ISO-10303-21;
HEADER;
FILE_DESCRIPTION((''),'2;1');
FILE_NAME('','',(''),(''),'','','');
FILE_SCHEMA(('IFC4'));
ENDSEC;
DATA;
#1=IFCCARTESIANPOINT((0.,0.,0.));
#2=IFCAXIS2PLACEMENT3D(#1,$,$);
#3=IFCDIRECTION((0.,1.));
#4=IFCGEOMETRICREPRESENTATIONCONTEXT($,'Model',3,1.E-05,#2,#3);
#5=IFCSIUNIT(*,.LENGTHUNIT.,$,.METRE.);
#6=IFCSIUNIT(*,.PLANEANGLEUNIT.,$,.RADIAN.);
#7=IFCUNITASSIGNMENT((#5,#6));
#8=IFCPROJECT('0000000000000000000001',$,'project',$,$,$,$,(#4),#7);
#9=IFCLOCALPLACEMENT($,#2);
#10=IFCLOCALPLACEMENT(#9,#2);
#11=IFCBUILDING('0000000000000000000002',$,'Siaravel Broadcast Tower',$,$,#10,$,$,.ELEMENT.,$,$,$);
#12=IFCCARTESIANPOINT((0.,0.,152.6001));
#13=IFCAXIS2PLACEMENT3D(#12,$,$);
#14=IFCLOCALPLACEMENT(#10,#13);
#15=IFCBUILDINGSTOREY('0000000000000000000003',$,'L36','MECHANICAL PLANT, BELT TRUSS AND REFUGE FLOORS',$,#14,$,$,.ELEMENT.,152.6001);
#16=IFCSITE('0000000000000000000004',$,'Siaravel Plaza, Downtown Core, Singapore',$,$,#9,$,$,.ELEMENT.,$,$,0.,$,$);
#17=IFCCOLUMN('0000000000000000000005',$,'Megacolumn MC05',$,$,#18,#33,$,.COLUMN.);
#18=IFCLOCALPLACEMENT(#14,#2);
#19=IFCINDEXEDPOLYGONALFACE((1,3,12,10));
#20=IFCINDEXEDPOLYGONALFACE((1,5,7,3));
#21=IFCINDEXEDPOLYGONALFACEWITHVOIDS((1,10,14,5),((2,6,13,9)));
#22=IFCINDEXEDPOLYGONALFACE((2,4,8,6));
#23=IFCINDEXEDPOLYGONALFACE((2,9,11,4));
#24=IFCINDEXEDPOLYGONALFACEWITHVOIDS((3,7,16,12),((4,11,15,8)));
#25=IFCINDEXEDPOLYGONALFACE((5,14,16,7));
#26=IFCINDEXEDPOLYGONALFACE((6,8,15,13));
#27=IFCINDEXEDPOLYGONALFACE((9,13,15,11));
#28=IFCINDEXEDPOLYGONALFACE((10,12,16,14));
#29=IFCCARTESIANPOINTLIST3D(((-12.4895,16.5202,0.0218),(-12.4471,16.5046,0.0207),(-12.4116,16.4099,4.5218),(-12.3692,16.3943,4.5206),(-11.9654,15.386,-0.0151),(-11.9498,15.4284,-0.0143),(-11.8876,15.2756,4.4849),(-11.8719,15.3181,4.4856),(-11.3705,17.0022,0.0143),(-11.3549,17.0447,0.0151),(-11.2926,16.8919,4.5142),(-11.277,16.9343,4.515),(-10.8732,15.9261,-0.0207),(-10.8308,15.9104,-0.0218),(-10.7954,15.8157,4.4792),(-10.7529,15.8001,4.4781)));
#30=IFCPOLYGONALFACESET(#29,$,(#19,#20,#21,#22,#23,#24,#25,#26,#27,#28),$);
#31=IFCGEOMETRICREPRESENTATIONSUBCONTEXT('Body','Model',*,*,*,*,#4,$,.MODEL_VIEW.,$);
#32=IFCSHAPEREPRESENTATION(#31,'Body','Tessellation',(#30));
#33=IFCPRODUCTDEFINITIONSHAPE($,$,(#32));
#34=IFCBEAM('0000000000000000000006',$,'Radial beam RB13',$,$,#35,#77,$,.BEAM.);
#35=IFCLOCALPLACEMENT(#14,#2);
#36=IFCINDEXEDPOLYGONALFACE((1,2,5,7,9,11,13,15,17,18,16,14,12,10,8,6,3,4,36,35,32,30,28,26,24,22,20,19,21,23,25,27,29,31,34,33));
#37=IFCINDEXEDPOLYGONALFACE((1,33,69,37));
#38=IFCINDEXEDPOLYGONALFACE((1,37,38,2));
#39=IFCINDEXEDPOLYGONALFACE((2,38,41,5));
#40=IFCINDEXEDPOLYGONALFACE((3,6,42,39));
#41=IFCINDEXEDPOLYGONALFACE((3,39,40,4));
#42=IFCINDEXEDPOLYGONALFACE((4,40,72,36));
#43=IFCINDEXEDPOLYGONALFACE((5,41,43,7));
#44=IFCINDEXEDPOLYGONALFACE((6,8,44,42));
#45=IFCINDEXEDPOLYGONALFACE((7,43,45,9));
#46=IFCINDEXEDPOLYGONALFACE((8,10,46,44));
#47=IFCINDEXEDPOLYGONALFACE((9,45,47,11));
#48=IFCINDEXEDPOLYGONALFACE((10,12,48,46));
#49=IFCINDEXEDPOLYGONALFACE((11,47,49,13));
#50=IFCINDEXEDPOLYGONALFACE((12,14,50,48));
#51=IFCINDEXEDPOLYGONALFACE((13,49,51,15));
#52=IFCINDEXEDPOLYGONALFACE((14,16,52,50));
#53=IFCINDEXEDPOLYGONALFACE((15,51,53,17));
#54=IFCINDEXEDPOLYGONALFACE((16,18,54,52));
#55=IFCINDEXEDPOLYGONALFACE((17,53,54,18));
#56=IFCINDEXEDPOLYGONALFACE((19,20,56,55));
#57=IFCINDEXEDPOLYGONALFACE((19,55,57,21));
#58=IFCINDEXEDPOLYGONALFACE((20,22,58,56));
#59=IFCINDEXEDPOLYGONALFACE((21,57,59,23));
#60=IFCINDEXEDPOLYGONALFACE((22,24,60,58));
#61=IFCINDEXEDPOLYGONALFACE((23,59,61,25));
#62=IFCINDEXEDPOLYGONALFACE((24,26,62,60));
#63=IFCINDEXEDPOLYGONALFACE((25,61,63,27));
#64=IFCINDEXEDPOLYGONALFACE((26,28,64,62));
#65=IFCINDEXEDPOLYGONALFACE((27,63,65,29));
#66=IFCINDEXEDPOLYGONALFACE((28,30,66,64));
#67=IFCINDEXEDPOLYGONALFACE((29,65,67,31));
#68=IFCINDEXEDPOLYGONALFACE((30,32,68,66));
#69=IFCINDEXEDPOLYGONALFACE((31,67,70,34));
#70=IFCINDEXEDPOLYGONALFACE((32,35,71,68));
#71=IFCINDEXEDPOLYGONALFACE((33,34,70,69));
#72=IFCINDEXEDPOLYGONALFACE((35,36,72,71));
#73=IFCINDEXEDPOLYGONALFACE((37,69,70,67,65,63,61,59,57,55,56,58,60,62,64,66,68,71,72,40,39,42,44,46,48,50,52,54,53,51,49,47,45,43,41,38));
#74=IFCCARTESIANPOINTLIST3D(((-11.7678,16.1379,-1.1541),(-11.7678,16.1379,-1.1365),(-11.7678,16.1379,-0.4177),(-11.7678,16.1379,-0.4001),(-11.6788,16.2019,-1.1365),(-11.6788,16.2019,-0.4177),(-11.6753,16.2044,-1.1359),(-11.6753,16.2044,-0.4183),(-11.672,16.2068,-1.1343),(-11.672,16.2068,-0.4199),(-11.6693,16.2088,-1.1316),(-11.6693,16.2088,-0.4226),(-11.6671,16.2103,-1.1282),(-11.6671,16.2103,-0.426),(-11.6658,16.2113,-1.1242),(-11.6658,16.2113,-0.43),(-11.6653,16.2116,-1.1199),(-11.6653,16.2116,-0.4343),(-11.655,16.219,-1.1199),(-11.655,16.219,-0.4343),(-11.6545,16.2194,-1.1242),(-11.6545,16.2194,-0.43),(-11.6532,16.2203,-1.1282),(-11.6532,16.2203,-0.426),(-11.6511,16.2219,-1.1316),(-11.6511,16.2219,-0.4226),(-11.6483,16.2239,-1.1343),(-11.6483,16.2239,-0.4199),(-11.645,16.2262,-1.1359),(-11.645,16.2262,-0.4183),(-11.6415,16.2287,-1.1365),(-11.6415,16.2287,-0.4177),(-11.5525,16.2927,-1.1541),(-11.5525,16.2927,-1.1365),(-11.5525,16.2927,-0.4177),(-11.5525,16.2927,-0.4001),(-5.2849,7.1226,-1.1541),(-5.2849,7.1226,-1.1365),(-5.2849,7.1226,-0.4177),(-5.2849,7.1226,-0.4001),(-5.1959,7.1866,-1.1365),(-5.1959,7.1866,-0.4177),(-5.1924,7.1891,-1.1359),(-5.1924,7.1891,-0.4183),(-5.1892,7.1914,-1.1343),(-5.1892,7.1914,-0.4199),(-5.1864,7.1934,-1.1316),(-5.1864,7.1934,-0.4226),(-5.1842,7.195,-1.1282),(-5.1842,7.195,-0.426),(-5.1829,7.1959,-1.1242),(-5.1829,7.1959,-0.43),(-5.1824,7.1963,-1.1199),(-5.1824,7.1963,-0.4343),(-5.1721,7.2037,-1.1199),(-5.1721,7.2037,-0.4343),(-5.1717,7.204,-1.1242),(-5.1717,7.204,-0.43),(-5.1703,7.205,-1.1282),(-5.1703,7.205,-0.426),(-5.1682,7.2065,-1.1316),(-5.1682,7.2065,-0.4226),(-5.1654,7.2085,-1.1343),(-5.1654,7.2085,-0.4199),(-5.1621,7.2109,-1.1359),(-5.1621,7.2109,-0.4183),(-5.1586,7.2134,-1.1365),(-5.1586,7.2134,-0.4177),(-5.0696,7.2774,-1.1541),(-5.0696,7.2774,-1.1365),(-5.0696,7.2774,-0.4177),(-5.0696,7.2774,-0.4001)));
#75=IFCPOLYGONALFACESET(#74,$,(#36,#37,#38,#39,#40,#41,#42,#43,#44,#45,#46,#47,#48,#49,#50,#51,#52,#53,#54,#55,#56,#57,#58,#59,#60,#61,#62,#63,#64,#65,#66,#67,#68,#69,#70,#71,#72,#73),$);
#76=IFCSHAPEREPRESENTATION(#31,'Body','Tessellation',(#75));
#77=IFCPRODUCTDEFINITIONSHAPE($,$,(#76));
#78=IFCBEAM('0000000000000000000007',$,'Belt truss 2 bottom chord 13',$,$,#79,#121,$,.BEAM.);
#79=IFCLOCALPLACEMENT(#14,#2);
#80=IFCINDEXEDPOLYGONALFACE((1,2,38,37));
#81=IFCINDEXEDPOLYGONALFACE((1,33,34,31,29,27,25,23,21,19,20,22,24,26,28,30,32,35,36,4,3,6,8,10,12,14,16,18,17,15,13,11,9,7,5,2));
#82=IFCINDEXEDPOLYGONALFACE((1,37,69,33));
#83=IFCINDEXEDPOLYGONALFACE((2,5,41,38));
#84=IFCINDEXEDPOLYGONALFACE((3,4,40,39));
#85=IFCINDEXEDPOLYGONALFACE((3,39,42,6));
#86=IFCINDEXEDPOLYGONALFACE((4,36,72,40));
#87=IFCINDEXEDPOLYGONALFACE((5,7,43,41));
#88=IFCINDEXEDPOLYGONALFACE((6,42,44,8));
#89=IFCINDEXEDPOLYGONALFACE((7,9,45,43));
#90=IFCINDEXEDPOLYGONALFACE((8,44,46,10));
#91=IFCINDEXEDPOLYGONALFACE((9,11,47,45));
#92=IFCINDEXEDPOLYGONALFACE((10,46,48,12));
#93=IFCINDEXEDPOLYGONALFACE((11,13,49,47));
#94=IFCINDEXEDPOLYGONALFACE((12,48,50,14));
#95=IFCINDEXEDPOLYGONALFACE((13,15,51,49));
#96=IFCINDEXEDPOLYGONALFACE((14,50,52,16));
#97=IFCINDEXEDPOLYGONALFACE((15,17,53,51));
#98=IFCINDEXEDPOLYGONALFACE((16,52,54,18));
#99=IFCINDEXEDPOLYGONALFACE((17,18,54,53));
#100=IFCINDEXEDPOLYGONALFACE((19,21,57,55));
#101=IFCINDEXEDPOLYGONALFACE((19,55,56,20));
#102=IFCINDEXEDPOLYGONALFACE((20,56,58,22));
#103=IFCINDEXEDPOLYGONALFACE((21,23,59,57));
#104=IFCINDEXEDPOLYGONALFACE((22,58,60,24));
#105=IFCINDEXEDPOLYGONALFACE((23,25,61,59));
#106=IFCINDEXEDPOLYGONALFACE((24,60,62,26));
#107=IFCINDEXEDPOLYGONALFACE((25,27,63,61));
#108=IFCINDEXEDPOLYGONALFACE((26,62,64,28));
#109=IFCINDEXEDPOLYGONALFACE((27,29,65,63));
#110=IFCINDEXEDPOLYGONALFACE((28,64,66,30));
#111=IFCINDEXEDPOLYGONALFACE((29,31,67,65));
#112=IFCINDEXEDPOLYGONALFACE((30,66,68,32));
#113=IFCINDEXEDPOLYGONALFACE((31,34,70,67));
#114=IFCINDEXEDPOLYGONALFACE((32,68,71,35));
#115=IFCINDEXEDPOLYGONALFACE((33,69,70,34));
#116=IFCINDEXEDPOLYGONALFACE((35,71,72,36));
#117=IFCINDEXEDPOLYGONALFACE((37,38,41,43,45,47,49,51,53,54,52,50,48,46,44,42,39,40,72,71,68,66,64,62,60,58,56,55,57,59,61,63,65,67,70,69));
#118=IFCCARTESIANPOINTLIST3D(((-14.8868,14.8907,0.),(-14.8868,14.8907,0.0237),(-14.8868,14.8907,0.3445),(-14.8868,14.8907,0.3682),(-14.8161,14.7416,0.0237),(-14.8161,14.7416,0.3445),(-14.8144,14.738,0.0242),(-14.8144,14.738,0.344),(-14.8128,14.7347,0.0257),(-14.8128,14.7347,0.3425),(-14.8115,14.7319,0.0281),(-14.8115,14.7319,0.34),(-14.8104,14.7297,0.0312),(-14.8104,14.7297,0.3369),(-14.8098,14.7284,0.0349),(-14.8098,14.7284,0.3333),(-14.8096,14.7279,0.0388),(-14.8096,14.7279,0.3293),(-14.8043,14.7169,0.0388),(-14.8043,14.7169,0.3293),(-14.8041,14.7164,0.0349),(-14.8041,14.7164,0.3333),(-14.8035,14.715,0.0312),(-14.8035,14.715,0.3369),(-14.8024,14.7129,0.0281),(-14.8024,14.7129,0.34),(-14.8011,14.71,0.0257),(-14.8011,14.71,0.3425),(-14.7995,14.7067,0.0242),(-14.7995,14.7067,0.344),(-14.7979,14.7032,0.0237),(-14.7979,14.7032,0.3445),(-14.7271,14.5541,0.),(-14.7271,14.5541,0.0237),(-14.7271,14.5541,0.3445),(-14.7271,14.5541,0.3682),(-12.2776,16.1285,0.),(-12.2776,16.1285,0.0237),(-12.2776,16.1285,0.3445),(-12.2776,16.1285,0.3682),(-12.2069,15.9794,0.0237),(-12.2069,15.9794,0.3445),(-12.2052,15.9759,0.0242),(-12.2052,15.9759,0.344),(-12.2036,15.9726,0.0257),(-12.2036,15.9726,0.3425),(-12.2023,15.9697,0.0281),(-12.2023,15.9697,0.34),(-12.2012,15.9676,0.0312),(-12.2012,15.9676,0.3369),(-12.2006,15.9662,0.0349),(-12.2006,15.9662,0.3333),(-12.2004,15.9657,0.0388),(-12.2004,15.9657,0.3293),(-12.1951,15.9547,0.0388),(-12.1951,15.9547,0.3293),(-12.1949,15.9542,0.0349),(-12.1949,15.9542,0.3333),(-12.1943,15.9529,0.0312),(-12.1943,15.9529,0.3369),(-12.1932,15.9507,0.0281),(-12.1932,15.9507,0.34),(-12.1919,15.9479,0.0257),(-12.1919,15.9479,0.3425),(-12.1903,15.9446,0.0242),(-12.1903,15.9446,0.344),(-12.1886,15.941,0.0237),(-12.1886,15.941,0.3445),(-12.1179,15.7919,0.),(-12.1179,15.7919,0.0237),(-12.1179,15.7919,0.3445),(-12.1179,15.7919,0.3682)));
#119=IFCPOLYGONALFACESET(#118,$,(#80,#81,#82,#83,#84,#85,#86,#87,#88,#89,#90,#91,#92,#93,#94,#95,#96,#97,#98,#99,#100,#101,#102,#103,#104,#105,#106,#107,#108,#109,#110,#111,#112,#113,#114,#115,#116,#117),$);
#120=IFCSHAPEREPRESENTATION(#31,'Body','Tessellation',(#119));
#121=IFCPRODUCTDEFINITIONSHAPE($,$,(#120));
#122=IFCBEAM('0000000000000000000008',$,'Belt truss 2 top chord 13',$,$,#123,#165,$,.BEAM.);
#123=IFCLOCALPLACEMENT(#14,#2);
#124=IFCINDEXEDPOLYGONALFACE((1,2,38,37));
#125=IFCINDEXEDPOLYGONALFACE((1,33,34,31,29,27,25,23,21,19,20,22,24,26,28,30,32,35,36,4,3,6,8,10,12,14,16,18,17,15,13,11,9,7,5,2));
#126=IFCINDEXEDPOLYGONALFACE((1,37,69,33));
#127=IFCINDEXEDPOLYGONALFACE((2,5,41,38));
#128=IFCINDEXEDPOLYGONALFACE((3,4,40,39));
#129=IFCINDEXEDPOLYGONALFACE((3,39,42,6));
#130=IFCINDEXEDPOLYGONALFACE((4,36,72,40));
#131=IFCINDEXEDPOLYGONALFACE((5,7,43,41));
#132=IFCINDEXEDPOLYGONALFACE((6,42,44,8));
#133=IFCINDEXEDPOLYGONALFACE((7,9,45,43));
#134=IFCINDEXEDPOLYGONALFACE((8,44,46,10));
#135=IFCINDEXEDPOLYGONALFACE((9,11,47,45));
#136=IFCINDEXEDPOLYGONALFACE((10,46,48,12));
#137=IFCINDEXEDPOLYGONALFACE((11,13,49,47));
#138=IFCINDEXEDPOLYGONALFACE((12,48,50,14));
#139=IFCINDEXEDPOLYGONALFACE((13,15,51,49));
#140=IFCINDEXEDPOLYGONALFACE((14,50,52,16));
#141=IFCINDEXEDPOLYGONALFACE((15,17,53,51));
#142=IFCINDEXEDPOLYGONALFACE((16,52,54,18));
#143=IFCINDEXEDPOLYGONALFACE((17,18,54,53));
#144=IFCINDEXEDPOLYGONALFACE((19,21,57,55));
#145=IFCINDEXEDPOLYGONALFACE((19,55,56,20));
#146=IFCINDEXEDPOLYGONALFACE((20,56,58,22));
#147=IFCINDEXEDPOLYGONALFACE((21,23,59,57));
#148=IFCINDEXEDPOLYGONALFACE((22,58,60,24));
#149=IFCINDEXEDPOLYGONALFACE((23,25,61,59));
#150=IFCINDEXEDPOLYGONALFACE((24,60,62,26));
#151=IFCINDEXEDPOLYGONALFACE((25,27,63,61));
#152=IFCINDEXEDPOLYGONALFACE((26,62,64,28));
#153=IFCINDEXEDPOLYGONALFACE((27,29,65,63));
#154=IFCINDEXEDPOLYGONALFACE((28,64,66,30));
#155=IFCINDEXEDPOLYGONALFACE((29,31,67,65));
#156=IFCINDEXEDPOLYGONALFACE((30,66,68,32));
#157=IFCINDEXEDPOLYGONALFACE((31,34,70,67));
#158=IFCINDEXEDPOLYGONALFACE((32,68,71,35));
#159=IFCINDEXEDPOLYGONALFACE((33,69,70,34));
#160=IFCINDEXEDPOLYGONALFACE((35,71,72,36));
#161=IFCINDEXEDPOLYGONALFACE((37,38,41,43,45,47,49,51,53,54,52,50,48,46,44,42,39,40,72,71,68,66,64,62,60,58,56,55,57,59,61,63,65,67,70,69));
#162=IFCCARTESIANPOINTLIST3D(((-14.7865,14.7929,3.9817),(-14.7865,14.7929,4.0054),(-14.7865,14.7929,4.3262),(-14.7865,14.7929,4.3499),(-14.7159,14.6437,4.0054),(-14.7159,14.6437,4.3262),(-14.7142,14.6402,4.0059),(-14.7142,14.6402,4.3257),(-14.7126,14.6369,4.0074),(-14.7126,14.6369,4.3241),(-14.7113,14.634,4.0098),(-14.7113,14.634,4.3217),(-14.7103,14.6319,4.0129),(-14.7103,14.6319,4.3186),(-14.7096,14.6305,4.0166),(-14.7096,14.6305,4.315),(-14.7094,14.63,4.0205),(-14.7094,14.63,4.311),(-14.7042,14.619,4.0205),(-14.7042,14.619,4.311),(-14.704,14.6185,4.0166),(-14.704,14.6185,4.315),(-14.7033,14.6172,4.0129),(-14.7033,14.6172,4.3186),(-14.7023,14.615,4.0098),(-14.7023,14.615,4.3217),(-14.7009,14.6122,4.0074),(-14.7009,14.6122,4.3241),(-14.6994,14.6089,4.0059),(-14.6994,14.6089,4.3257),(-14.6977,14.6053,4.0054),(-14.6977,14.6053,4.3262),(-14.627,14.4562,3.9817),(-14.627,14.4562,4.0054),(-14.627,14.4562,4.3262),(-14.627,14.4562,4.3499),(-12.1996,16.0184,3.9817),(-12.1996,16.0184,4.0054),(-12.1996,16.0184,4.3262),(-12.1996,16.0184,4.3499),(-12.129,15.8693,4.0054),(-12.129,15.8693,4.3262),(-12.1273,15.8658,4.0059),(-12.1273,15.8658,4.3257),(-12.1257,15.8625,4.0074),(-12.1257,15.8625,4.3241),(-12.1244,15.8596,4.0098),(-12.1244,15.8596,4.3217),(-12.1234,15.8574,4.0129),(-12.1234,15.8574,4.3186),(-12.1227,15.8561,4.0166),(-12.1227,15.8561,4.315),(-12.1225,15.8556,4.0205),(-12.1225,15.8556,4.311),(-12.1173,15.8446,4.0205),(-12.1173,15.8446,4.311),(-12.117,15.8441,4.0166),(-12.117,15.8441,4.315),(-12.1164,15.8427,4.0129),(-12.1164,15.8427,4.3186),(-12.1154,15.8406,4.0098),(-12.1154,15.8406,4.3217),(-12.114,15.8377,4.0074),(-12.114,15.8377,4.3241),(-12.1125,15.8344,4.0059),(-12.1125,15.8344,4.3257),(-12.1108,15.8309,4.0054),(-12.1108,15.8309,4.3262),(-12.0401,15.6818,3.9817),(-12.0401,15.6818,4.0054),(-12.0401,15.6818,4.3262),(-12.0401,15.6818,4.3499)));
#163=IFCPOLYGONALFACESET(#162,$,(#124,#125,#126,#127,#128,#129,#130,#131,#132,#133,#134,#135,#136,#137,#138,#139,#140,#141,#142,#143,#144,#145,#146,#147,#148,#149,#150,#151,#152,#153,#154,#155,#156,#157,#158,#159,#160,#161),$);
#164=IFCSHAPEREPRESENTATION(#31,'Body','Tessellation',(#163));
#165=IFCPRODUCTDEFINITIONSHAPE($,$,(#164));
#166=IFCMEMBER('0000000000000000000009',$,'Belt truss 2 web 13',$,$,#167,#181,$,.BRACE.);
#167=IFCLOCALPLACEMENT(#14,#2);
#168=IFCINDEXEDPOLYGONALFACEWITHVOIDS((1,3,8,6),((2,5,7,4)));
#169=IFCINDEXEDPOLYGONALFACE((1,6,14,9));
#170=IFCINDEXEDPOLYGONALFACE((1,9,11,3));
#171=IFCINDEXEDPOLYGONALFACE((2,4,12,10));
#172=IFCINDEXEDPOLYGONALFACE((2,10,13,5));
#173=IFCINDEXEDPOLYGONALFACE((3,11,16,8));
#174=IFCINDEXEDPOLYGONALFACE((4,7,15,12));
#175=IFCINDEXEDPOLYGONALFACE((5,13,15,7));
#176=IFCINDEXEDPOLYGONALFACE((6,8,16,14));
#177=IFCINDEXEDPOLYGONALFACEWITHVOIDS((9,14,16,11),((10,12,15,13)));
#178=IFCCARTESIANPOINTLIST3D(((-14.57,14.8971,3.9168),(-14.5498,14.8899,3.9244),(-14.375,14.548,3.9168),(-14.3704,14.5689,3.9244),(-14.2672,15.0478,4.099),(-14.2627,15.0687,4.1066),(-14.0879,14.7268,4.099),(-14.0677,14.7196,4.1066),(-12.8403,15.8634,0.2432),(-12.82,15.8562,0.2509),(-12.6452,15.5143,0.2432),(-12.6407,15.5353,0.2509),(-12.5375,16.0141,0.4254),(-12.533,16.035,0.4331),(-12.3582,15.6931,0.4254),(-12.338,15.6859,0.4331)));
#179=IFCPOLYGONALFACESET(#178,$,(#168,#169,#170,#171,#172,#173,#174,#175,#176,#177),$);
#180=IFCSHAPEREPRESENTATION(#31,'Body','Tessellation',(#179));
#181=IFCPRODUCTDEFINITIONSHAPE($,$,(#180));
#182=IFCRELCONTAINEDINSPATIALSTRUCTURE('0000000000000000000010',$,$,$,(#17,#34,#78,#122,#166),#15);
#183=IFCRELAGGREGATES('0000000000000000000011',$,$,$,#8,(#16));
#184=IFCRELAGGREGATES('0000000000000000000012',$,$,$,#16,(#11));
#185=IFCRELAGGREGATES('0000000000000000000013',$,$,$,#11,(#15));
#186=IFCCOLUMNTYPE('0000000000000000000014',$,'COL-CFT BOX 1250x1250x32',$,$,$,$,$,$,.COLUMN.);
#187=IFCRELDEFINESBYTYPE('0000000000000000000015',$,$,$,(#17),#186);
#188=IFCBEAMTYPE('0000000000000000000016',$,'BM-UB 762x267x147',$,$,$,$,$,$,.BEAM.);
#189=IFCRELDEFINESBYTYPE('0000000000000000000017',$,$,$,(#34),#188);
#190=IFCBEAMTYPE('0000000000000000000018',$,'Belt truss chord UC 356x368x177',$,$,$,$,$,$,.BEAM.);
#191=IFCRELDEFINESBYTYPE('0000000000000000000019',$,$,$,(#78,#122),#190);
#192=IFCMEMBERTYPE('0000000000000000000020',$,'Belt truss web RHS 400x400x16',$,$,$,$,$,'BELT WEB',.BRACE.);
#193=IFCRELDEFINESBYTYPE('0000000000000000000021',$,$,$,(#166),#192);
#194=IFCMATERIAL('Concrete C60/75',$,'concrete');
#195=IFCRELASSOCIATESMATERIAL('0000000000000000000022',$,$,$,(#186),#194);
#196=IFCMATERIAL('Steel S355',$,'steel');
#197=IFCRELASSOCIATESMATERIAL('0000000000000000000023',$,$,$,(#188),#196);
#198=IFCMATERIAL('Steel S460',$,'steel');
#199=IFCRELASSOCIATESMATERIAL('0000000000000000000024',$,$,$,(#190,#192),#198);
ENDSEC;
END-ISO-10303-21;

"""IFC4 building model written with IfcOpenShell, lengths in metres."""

from ifc_helpers import new_model, si_unit, direction, frame, origin, origin_2d, place, context, subcontext, project, spatial, hollow_rectangle, i_section, extrude, material, material_profile, profile_set, type_object, element, save


model = new_model("IFC4")

# Units and contexts
model_context = context("Model", 3, precision=1e-05, world=origin(), true_north=direction((0.0, 1.0)))
body_context = subcontext(model_context, "Body", "Model", "MODEL_VIEW")
ifc_project = project(units=[si_unit("LENGTHUNIT", "METRE"), si_unit("PLANEANGLEUNIT", "RADIAN")], contexts=[model_context])

# Site, building, storey
site_placement = place(None, origin())
site = spatial("IfcSite", under=ifc_project, at=site_placement, Name="Siaravel Plaza, Downtown Core, Singapore", CompositionType="ELEMENT", RefElevation=0.0)
building_placement = place(site_placement, origin())
building = spatial("IfcBuilding", under=site, at=building_placement, Name="Siaravel Broadcast Tower", CompositionType="ELEMENT")
storey_placement = place(building_placement, frame((0.0, 0.0, 152.6001)))
storey = spatial("IfcBuildingStorey", under=building, at=storey_placement, Name="L36", Description="MECHANICAL PLANT, BELT TRUSS AND REFUGE FLOORS", CompositionType="ELEMENT", Elevation=152.6001)

# Column
ifc_material_1 = material(Name="Concrete C60/75", Category="concrete")
ifc_material_profile_1 = material_profile(ifc_material_1, hollow_rectangle(XDim=1.25, YDim=1.25, WallThickness=0.032, at=origin_2d()))
ifc_profile_set_1 = profile_set([ifc_material_profile_1], Name="Concrete C60/75")
column_type = type_object("IfcColumnType", Name="COL-CFT BOX 1250x1250x32", PredefinedType="COLUMN", material=ifc_profile_set_1)
column_placement = place(storey_placement, frame((-11.6602, 16.2153, 0.0), z_axis=(0.017299, -0.024512, 0.99955), x_axis=(0.907704, 0.419576, -0.00542)))
element("IfcColumn", 1, at=column_placement, inside=storey, type_object=column_type, Name="Megacolumn MC05", PredefinedType="COLUMN", context=body_context, shape_type="SweptSolid", body=[
    extrude(hollow_rectangle(XDim=1.25, YDim=1.25, WallThickness=0.032, at=origin_2d()), origin(), (0.0, 0.0, 1.0), 4.502),
])

# Beams
ifc_material_2 = material(Name="Steel S355", Category="steel")
ifc_material_profile_2 = material_profile(ifc_material_2, i_section(OverallWidth=0.2651, OverallDepth=0.7539, WebThickness=0.0127, FlangeThickness=0.0176, FilletRadius=0.0166, at=origin_2d()))
ifc_profile_set_2 = profile_set([ifc_material_profile_2], Name="Steel S355")
beam_type_1 = type_object("IfcBeamType", Name="BM-UB 762x267x147", PredefinedType="BEAM", material=ifc_profile_set_2)
beam_1_placement = place(storey_placement, frame((-11.6602, 16.2153, -0.7771), z_axis=(0.58382, -0.811883, 0.0), x_axis=(0.811883, 0.58382, 0.0)))
element("IfcBeam", 2, at=beam_1_placement, inside=storey, type_object=beam_type_1, Name="Radial beam RB13", PredefinedType="BEAM", context=body_context, shape_type="SweptSolid", body=[
    extrude(i_section(OverallWidth=0.2651, OverallDepth=0.7539, WebThickness=0.0127, FlangeThickness=0.0176, FilletRadius=0.0166, at=origin_2d()), origin(), (0.0, 0.0, 1.0), 11.1042),
])
ifc_material_3 = material(Name="Steel S460", Category="steel")
ifc_material_profile_3 = material_profile(ifc_material_3, i_section(OverallWidth=0.3726, OverallDepth=0.3682, WebThickness=0.0122, FlangeThickness=0.0237, FilletRadius=0.0151, at=origin_2d()))
ifc_profile_set_3 = profile_set([ifc_material_profile_3], Name="Steel S460")
beam_type_2 = type_object("IfcBeamType", Name="Belt truss chord UC 356x368x177", PredefinedType="BEAM", material=ifc_profile_set_3)
beam_2_placement = place(storey_placement, frame((-12.1978, 15.9602, 0.1841), z_axis=(-0.903485, -0.42862, 0.0), x_axis=(0.42862, -0.903485, 0.0)))
element("IfcBeam", 3, at=beam_2_placement, inside=storey, type_object=beam_type_2, Name="Belt truss 2 bottom chord 13", PredefinedType="BEAM", context=body_context, shape_type="SweptSolid", body=[
    extrude(i_section(OverallWidth=0.3726, OverallDepth=0.3682, WebThickness=0.0122, FlangeThickness=0.0237, FilletRadius=0.0151, at=origin_2d()), origin(), (0.0, 0.0, 1.0), 2.8879),
])
beam_3_placement = place(storey_placement, frame((-12.1199, 15.8501, 4.1658), z_axis=(-0.90371, -0.428145, 0.0), x_axis=(0.428145, -0.90371, 0.0)))
element("IfcBeam", 4, at=beam_3_placement, inside=storey, type_object=beam_type_2, Name="Belt truss 2 top chord 13", PredefinedType="BEAM", context=body_context, shape_type="SweptSolid", body=[
    extrude(i_section(OverallWidth=0.3726, OverallDepth=0.3682, WebThickness=0.0122, FlangeThickness=0.0237, FilletRadius=0.0151, at=origin_2d()), origin(), (0.0, 0.0, 1.0), 2.8625),
])

# Member
ifc_material_profile_4 = material_profile(ifc_material_3, hollow_rectangle(XDim=0.3999, YDim=0.3999, WallThickness=0.0161, at=origin_2d()))
ifc_profile_set_4 = profile_set([ifc_material_profile_4], Name="Steel S460")
member_type = type_object("IfcMemberType", Name="Belt truss web RHS 400x400x16", ElementType="BELT WEB", PredefinedType="BRACE", material=ifc_profile_set_4)
member_placement = place(storey_placement, frame((-12.5891, 15.7747, 0.3381), z_axis=(-0.414423, -0.231515, 0.880144), x_axis=(0.487703, -0.87301, 0.0)))
element("IfcMember", 5, at=member_placement, inside=storey, type_object=member_type, Name="Belt truss 2 web 13", PredefinedType="BRACE", context=body_context, shape_type="SweptSolid", body=[
    extrude(hollow_rectangle(XDim=0.3999, YDim=0.3999, WallThickness=0.0161, at=origin_2d()), origin(), (0.0, 0.0, 1.0), 4.1738),
])

save(model, "model.ifc")
